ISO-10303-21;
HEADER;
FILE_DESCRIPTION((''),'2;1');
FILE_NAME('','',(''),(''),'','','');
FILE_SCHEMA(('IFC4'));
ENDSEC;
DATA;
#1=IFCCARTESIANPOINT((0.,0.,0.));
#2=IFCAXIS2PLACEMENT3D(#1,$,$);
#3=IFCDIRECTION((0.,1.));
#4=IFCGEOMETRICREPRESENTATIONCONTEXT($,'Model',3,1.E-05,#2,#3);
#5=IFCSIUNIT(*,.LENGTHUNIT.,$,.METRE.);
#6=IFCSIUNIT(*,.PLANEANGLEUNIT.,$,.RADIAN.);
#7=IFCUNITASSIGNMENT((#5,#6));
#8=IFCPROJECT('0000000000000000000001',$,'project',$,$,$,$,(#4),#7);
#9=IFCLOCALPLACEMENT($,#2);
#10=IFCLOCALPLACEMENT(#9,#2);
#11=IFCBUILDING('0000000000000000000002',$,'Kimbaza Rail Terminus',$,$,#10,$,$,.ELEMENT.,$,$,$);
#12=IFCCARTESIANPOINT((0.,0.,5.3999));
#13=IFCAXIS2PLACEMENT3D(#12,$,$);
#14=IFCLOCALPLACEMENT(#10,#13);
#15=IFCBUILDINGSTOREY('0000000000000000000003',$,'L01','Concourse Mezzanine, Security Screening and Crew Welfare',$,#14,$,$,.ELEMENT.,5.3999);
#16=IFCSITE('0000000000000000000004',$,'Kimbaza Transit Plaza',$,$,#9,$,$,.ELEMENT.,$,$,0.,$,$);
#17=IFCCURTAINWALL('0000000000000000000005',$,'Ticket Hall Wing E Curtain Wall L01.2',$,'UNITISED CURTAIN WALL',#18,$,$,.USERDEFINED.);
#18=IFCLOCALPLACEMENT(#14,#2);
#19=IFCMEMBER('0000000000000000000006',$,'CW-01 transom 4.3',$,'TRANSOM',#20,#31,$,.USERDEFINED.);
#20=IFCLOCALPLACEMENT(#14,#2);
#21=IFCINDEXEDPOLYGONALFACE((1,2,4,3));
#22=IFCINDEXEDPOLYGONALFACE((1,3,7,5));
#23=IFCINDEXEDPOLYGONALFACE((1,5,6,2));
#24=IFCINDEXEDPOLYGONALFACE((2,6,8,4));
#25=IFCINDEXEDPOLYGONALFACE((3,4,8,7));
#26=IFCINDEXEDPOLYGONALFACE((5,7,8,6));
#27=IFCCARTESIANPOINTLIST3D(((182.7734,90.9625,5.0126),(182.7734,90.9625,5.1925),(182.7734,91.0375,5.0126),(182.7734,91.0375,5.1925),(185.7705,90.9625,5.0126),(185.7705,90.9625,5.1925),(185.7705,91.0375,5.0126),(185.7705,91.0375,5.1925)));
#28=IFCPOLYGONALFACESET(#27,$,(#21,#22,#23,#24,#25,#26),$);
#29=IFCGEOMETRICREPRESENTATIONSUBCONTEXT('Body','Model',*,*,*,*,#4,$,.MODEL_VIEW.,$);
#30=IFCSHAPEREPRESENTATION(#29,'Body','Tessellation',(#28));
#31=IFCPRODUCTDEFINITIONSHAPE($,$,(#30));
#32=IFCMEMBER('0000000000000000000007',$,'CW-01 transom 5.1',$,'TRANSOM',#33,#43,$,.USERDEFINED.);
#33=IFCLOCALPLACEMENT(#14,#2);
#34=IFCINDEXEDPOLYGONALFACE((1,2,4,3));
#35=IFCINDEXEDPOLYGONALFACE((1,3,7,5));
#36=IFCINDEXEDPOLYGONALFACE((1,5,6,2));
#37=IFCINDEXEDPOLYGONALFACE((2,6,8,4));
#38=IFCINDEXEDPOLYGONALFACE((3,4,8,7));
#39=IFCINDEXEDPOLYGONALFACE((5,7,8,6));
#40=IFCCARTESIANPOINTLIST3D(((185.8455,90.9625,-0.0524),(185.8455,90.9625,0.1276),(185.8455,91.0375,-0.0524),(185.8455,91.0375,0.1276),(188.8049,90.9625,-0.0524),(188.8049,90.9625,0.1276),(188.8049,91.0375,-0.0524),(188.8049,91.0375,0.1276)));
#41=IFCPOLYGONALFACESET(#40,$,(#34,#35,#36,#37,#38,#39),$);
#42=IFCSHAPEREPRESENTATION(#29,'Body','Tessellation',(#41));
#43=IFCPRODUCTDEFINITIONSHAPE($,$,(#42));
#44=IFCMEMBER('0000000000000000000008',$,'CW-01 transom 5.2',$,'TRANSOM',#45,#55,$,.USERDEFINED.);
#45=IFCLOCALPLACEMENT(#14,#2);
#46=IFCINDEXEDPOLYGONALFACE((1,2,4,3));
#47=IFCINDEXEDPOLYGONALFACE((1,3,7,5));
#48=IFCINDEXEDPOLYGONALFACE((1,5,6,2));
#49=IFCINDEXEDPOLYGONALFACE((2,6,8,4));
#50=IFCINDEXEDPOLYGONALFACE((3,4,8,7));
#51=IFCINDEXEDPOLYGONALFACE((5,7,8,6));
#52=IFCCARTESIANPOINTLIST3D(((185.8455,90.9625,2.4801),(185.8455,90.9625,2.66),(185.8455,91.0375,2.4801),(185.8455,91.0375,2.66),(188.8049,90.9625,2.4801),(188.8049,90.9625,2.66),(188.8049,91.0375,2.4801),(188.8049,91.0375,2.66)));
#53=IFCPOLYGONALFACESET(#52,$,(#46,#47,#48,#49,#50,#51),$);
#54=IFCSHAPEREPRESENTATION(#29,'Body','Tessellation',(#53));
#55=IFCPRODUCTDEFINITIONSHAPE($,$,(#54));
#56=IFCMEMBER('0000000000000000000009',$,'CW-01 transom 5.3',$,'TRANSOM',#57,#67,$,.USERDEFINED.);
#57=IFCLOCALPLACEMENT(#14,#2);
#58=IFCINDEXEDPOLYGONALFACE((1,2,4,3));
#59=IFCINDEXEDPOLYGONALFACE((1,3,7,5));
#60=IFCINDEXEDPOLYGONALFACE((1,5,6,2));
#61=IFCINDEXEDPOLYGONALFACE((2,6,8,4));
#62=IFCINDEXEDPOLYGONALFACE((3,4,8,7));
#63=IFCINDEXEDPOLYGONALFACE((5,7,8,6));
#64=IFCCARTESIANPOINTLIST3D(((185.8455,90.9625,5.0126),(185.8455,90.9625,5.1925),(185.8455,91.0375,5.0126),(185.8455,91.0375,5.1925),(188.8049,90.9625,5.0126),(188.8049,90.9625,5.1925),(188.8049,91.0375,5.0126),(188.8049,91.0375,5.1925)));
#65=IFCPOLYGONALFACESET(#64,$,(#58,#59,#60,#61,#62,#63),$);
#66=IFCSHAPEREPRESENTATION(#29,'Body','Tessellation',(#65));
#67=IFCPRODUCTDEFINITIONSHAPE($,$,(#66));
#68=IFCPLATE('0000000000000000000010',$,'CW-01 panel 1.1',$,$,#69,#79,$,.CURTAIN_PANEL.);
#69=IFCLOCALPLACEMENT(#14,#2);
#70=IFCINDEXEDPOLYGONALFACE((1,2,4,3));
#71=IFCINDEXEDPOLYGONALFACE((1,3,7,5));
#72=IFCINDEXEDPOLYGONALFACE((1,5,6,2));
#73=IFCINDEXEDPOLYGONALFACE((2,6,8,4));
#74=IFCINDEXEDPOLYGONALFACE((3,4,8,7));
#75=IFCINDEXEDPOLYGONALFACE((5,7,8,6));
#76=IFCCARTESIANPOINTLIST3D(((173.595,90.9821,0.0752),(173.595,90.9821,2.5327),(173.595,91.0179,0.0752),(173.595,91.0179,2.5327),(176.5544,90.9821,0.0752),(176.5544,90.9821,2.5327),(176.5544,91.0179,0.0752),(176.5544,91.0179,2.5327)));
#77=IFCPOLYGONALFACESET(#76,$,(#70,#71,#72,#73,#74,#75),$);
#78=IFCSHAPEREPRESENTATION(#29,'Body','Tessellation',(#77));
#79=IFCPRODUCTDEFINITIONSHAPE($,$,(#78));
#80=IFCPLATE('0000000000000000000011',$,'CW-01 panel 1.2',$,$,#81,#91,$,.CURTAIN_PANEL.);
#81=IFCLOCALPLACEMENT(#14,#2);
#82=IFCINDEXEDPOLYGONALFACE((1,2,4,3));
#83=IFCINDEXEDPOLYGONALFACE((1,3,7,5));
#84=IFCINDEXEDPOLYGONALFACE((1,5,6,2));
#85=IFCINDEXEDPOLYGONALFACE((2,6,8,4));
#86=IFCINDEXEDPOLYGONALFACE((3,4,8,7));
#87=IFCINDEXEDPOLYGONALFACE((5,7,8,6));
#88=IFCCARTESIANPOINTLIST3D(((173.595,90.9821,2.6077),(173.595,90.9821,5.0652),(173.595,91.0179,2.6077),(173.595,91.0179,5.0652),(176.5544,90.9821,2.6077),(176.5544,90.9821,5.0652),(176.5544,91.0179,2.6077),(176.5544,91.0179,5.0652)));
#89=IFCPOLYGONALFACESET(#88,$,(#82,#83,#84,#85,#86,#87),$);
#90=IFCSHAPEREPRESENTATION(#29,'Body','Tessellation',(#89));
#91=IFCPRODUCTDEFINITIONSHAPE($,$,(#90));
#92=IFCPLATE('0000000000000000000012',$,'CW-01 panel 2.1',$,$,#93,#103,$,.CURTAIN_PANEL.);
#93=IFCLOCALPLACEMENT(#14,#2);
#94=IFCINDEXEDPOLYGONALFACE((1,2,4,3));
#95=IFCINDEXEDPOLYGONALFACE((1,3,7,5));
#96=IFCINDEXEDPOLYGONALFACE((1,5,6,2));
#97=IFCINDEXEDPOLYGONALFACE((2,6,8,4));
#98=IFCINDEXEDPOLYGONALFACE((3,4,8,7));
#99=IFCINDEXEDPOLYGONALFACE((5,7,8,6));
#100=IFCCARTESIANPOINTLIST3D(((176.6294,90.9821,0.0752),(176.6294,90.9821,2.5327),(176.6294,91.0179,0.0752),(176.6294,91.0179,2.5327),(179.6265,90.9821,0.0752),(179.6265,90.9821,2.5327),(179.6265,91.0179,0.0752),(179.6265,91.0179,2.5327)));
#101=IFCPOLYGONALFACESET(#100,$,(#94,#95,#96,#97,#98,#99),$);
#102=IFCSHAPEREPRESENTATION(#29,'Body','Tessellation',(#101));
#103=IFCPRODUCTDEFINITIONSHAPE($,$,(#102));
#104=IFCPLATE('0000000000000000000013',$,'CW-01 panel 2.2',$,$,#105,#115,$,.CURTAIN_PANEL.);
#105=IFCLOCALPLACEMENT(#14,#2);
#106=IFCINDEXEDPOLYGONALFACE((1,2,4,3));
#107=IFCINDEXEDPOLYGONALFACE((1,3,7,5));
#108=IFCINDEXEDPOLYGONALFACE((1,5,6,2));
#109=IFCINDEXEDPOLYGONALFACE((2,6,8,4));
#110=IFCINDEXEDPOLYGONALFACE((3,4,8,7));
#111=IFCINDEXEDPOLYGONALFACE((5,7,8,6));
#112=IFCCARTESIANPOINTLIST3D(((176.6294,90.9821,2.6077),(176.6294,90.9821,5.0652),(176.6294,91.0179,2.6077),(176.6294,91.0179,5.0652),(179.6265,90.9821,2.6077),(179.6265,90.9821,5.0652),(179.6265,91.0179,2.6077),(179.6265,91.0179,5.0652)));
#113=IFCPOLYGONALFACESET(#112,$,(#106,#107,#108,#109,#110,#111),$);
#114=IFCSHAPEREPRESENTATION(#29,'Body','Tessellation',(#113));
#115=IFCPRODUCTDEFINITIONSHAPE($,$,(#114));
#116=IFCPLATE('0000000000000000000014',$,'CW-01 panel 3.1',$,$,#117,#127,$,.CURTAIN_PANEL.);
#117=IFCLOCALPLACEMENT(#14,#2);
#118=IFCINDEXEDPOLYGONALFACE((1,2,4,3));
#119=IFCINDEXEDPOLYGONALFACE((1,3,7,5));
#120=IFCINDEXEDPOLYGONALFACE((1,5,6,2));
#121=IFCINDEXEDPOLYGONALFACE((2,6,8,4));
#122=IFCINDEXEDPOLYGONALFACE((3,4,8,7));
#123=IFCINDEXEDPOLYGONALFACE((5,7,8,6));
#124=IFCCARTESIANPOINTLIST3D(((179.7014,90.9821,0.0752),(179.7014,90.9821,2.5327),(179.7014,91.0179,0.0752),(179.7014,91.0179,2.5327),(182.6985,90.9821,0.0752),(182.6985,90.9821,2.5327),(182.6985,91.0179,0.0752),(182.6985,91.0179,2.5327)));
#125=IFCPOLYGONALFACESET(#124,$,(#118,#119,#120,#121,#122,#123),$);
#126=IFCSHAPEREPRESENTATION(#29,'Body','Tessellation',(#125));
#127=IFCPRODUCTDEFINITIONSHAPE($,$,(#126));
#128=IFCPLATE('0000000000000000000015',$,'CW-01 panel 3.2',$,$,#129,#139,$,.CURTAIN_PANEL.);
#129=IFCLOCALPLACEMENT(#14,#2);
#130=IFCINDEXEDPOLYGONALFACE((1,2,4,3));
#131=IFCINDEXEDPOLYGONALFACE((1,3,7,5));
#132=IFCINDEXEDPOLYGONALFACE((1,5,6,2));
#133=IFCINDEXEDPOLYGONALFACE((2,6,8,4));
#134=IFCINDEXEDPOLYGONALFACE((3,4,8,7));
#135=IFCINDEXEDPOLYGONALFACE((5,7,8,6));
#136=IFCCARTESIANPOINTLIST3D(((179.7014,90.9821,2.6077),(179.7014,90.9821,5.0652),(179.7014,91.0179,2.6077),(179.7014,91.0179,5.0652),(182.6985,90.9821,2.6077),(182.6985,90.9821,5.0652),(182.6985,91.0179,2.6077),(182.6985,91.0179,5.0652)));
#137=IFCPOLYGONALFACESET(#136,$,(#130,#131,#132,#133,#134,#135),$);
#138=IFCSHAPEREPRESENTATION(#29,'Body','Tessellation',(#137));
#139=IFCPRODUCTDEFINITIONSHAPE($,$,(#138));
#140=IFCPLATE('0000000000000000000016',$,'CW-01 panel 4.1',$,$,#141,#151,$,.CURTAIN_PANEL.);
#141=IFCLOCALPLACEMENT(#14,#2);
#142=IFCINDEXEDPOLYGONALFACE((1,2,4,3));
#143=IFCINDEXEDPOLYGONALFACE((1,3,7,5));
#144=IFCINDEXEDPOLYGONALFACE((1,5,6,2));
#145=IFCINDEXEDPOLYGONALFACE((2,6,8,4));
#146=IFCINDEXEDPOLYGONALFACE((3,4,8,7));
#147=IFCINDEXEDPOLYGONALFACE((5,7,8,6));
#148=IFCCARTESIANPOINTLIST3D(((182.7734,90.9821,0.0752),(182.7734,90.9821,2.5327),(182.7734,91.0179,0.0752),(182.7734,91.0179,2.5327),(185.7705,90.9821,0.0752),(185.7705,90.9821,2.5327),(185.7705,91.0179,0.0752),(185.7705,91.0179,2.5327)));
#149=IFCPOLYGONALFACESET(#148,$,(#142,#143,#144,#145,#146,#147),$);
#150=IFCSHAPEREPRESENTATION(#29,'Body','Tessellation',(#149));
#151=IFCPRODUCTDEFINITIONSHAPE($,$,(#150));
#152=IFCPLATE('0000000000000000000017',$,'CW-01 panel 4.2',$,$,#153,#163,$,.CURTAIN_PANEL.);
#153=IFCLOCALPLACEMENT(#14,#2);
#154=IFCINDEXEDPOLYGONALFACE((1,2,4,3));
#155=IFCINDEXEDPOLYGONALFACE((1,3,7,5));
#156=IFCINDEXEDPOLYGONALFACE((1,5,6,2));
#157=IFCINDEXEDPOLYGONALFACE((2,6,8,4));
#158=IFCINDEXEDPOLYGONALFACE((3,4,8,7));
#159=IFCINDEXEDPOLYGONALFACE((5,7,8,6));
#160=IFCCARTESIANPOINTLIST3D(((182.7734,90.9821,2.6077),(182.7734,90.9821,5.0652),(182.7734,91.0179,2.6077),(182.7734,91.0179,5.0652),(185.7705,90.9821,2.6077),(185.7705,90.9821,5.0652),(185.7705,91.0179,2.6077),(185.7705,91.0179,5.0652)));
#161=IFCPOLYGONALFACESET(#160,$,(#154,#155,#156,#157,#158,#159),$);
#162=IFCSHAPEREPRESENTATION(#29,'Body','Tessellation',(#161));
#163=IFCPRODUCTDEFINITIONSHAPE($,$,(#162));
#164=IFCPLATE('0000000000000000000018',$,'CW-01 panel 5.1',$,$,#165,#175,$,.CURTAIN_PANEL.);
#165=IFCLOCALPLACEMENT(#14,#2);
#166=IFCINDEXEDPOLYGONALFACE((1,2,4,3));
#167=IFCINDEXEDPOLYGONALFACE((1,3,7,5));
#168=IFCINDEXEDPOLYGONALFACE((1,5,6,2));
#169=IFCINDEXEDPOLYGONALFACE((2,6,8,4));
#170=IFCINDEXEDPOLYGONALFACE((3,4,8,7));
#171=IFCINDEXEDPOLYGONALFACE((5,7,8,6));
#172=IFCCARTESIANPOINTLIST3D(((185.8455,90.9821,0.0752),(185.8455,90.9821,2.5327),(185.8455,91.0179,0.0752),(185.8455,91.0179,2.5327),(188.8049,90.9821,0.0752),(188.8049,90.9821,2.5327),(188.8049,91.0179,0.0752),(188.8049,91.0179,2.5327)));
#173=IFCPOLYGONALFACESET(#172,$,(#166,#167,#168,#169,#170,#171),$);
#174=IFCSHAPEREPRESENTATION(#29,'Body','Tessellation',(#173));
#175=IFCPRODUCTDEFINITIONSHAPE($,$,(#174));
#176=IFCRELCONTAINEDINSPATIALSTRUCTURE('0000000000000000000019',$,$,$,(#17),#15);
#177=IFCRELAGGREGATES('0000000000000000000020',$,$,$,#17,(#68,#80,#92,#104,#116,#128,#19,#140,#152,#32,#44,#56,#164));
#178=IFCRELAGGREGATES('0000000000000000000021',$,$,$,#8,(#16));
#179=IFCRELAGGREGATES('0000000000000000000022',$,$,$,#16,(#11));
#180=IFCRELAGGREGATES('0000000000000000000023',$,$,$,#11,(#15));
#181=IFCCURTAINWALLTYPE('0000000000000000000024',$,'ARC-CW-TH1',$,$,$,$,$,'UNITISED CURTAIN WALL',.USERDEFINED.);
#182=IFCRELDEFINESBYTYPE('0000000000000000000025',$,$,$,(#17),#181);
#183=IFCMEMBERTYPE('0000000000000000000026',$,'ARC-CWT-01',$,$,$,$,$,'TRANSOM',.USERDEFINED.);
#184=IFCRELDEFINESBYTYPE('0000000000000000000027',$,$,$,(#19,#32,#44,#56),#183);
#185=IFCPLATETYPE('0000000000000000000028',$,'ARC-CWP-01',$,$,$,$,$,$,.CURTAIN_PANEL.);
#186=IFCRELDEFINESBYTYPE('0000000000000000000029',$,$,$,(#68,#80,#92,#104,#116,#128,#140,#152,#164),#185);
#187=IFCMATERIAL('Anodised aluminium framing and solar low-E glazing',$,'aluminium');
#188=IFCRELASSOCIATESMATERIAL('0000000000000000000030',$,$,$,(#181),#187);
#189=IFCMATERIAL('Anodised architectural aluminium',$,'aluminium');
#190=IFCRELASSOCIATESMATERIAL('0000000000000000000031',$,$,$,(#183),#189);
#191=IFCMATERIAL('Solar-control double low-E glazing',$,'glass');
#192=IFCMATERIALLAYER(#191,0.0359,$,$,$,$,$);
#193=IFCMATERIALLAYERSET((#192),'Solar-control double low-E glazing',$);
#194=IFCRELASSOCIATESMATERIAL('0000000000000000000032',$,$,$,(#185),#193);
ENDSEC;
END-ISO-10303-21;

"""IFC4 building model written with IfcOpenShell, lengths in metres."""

from ifc_helpers import new_model, si_unit, direction, frame, origin, origin_2d, place, context, subcontext, project, spatial, rectangle, extrude, material, layer, layer_set, material_profile, profile_set, type_object, element, aggregate, save


model = new_model("IFC4")

# Units and contexts
model_context = context("Model", 3, precision=1e-05, world=origin(), true_north=direction((0.0, 1.0)))
body_context = subcontext(model_context, "Body", "Model", "MODEL_VIEW")
ifc_project = project(units=[si_unit("LENGTHUNIT", "METRE"), si_unit("PLANEANGLEUNIT", "RADIAN")], contexts=[model_context])

# Site, building, storey
site_placement = place(None, origin())
site = spatial("IfcSite", under=ifc_project, at=site_placement, Name="Kimbaza Transit Plaza", CompositionType="ELEMENT", RefElevation=0.0)
building_placement = place(site_placement, origin())
building = spatial("IfcBuilding", under=site, at=building_placement, Name="Kimbaza Rail Terminus", CompositionType="ELEMENT")
storey_placement = place(building_placement, frame((0.0, 0.0, 5.3999)))
storey = spatial("IfcBuildingStorey", under=building, at=storey_placement, Name="L01", Description="Concourse Mezzanine, Security Screening and Crew Welfare", CompositionType="ELEMENT", Elevation=5.3999)

# Curtain wall, members, plates
ifc_material_1 = material(Name="Anodised aluminium framing and solar low-E glazing", Category="aluminium")
curtain_wall_type = type_object("IfcCurtainWallType", Name="ARC-CW-TH1", ElementType="UNITISED CURTAIN WALL", PredefinedType="USERDEFINED", material=ifc_material_1)
curtain_wall_placement = place(storey_placement, origin())
curtain_wall = element("IfcCurtainWall", 1, at=curtain_wall_placement, inside=storey, type_object=curtain_wall_type, Name="Ticket Hall Wing E Curtain Wall L01.2", ObjectType="UNITISED CURTAIN WALL", PredefinedType="USERDEFINED")
ifc_material_2 = material(Name="Anodised architectural aluminium", Category="aluminium")
ifc_material_profile_1 = material_profile(ifc_material_2, rectangle(XDim=0.075, YDim=0.1799, at=origin_2d()), Name="TRANSOM 75x180")
ifc_profile_set_1 = profile_set([ifc_material_profile_1], Name="Anodised architectural aluminium")
member_type_1 = type_object("IfcMemberType", Name="ARC-CWT-01", ElementType="TRANSOM", PredefinedType="USERDEFINED", material=ifc_profile_set_1)
member_1_placement = place(storey_placement, frame((182.7734, 91.0, 5.1025), z_axis=(1.0, 0.0, 0.0), x_axis=(0.0, 1.0, 0.0)))
member_1 = element("IfcMember", 2, at=member_1_placement, type_object=member_type_1, Name="CW-01 transom 4.3", ObjectType="TRANSOM", PredefinedType="USERDEFINED", context=body_context, shape_type="SweptSolid", body=[
    extrude(rectangle(XDim=0.075, YDim=0.1799, at=origin_2d()), origin(), (0.0, 0.0, 1.0), 2.9971),
])
member_2_placement = place(storey_placement, frame((185.8455, 91.0, 0.0376), z_axis=(1.0, 0.0, 0.0), x_axis=(0.0, 1.0, 0.0)))
member_2 = element("IfcMember", 3, at=member_2_placement, type_object=member_type_1, Name="CW-01 transom 5.1", ObjectType="TRANSOM", PredefinedType="USERDEFINED", context=body_context, shape_type="SweptSolid", body=[
    extrude(rectangle(XDim=0.075, YDim=0.1799, at=origin_2d()), origin(), (0.0, 0.0, 1.0), 2.9595),
])
member_3_placement = place(storey_placement, frame((185.8455, 91.0, 2.5701), z_axis=(1.0, 0.0, 0.0), x_axis=(0.0, 1.0, 0.0)))
member_3 = element("IfcMember", 4, at=member_3_placement, type_object=member_type_1, Name="CW-01 transom 5.2", ObjectType="TRANSOM", PredefinedType="USERDEFINED", context=body_context, shape_type="SweptSolid", body=[
    extrude(rectangle(XDim=0.075, YDim=0.1799, at=origin_2d()), origin(), (0.0, 0.0, 1.0), 2.9595),
])
member_4_placement = place(storey_placement, frame((185.8455, 91.0, 5.1025), z_axis=(1.0, 0.0, 0.0), x_axis=(0.0, 1.0, 0.0)))
member_4 = element("IfcMember", 5, at=member_4_placement, type_object=member_type_1, Name="CW-01 transom 5.3", ObjectType="TRANSOM", PredefinedType="USERDEFINED", context=body_context, shape_type="SweptSolid", body=[
    extrude(rectangle(XDim=0.075, YDim=0.1799, at=origin_2d()), origin(), (0.0, 0.0, 1.0), 2.9595),
])
ifc_material_3 = material(Name="Solar-control double low-E glazing", Category="glass")
ifc_layer = layer(ifc_material_3, 0.0359)
ifc_layer_set = layer_set([ifc_layer], Name="Solar-control double low-E glazing")
plate_type = type_object("IfcPlateType", Name="ARC-CWP-01", PredefinedType="CURTAIN_PANEL", material=ifc_layer_set)
plate_1_placement = place(storey_placement, frame((175.0747, 91.0, 0.0752), z_axis=(0.0, 0.0, 1.0), x_axis=(1.0, 0.0, 0.0)))
plate_1 = element("IfcPlate", 6, at=plate_1_placement, type_object=plate_type, Name="CW-01 panel 1.1", PredefinedType="CURTAIN_PANEL", context=body_context, shape_type="SweptSolid", body=[
    extrude(rectangle(XDim=2.9595, YDim=0.0359, at=origin_2d()), origin(), (0.0, 0.0, 1.0), 2.4575),
])
plate_2_placement = place(storey_placement, frame((175.0747, 91.0, 2.6077), z_axis=(0.0, 0.0, 1.0), x_axis=(1.0, 0.0, 0.0)))
plate_2 = element("IfcPlate", 7, at=plate_2_placement, type_object=plate_type, Name="CW-01 panel 1.2", PredefinedType="CURTAIN_PANEL", context=body_context, shape_type="SweptSolid", body=[
    extrude(rectangle(XDim=2.9595, YDim=0.0359, at=origin_2d()), origin(), (0.0, 0.0, 1.0), 2.4575),
])
plate_3_placement = place(storey_placement, frame((178.1279, 91.0, 0.0752), z_axis=(0.0, 0.0, 1.0), x_axis=(1.0, 0.0, 0.0)))
plate_3 = element("IfcPlate", 8, at=plate_3_placement, type_object=plate_type, Name="CW-01 panel 2.1", PredefinedType="CURTAIN_PANEL", context=body_context, shape_type="SweptSolid", body=[
    extrude(rectangle(XDim=2.9971, YDim=0.0359, at=origin_2d()), origin(), (0.0, 0.0, 1.0), 2.4575),
])
plate_4_placement = place(storey_placement, frame((178.1279, 91.0, 2.6077), z_axis=(0.0, 0.0, 1.0), x_axis=(1.0, 0.0, 0.0)))
plate_4 = element("IfcPlate", 9, at=plate_4_placement, type_object=plate_type, Name="CW-01 panel 2.2", PredefinedType="CURTAIN_PANEL", context=body_context, shape_type="SweptSolid", body=[
    extrude(rectangle(XDim=2.9971, YDim=0.0359, at=origin_2d()), origin(), (0.0, 0.0, 1.0), 2.4575),
])
plate_5_placement = place(storey_placement, frame((181.2, 91.0, 0.0752), z_axis=(0.0, 0.0, 1.0), x_axis=(1.0, 0.0, 0.0)))
plate_5 = element("IfcPlate", 10, at=plate_5_placement, type_object=plate_type, Name="CW-01 panel 3.1", PredefinedType="CURTAIN_PANEL", context=body_context, shape_type="SweptSolid", body=[
    extrude(rectangle(XDim=2.9971, YDim=0.0359, at=origin_2d()), origin(), (0.0, 0.0, 1.0), 2.4575),
])
plate_6_placement = place(storey_placement, frame((181.2, 91.0, 2.6077), z_axis=(0.0, 0.0, 1.0), x_axis=(1.0, 0.0, 0.0)))
plate_6 = element("IfcPlate", 11, at=plate_6_placement, type_object=plate_type, Name="CW-01 panel 3.2", PredefinedType="CURTAIN_PANEL", context=body_context, shape_type="SweptSolid", body=[
    extrude(rectangle(XDim=2.9971, YDim=0.0359, at=origin_2d()), origin(), (0.0, 0.0, 1.0), 2.4575),
])
plate_7_placement = place(storey_placement, frame((184.272, 91.0, 0.0752), z_axis=(0.0, 0.0, 1.0), x_axis=(1.0, 0.0, 0.0)))
plate_7 = element("IfcPlate", 12, at=plate_7_placement, type_object=plate_type, Name="CW-01 panel 4.1", PredefinedType="CURTAIN_PANEL", context=body_context, shape_type="SweptSolid", body=[
    extrude(rectangle(XDim=2.9971, YDim=0.0359, at=origin_2d()), origin(), (0.0, 0.0, 1.0), 2.4575),
])
plate_8_placement = place(storey_placement, frame((184.272, 91.0, 2.6077), z_axis=(0.0, 0.0, 1.0), x_axis=(1.0, 0.0, 0.0)))
plate_8 = element("IfcPlate", 13, at=plate_8_placement, type_object=plate_type, Name="CW-01 panel 4.2", PredefinedType="CURTAIN_PANEL", context=body_context, shape_type="SweptSolid", body=[
    extrude(rectangle(XDim=2.9971, YDim=0.0359, at=origin_2d()), origin(), (0.0, 0.0, 1.0), 2.4575),
])
plate_9_placement = place(storey_placement, frame((187.3252, 91.0, 0.0752), z_axis=(0.0, 0.0, 1.0), x_axis=(1.0, 0.0, 0.0)))
plate_9 = element("IfcPlate", 14, at=plate_9_placement, type_object=plate_type, Name="CW-01 panel 5.1", PredefinedType="CURTAIN_PANEL", context=body_context, shape_type="SweptSolid", body=[
    extrude(rectangle(XDim=2.9595, YDim=0.0359, at=origin_2d()), origin(), (0.0, 0.0, 1.0), 2.4575),
])
aggregate(curtain_wall, [plate_1, plate_2, plate_3, plate_4, plate_5, plate_6, member_1, plate_7, plate_8, member_2, member_3, member_4, plate_9])

save(model, "model.ifc")
